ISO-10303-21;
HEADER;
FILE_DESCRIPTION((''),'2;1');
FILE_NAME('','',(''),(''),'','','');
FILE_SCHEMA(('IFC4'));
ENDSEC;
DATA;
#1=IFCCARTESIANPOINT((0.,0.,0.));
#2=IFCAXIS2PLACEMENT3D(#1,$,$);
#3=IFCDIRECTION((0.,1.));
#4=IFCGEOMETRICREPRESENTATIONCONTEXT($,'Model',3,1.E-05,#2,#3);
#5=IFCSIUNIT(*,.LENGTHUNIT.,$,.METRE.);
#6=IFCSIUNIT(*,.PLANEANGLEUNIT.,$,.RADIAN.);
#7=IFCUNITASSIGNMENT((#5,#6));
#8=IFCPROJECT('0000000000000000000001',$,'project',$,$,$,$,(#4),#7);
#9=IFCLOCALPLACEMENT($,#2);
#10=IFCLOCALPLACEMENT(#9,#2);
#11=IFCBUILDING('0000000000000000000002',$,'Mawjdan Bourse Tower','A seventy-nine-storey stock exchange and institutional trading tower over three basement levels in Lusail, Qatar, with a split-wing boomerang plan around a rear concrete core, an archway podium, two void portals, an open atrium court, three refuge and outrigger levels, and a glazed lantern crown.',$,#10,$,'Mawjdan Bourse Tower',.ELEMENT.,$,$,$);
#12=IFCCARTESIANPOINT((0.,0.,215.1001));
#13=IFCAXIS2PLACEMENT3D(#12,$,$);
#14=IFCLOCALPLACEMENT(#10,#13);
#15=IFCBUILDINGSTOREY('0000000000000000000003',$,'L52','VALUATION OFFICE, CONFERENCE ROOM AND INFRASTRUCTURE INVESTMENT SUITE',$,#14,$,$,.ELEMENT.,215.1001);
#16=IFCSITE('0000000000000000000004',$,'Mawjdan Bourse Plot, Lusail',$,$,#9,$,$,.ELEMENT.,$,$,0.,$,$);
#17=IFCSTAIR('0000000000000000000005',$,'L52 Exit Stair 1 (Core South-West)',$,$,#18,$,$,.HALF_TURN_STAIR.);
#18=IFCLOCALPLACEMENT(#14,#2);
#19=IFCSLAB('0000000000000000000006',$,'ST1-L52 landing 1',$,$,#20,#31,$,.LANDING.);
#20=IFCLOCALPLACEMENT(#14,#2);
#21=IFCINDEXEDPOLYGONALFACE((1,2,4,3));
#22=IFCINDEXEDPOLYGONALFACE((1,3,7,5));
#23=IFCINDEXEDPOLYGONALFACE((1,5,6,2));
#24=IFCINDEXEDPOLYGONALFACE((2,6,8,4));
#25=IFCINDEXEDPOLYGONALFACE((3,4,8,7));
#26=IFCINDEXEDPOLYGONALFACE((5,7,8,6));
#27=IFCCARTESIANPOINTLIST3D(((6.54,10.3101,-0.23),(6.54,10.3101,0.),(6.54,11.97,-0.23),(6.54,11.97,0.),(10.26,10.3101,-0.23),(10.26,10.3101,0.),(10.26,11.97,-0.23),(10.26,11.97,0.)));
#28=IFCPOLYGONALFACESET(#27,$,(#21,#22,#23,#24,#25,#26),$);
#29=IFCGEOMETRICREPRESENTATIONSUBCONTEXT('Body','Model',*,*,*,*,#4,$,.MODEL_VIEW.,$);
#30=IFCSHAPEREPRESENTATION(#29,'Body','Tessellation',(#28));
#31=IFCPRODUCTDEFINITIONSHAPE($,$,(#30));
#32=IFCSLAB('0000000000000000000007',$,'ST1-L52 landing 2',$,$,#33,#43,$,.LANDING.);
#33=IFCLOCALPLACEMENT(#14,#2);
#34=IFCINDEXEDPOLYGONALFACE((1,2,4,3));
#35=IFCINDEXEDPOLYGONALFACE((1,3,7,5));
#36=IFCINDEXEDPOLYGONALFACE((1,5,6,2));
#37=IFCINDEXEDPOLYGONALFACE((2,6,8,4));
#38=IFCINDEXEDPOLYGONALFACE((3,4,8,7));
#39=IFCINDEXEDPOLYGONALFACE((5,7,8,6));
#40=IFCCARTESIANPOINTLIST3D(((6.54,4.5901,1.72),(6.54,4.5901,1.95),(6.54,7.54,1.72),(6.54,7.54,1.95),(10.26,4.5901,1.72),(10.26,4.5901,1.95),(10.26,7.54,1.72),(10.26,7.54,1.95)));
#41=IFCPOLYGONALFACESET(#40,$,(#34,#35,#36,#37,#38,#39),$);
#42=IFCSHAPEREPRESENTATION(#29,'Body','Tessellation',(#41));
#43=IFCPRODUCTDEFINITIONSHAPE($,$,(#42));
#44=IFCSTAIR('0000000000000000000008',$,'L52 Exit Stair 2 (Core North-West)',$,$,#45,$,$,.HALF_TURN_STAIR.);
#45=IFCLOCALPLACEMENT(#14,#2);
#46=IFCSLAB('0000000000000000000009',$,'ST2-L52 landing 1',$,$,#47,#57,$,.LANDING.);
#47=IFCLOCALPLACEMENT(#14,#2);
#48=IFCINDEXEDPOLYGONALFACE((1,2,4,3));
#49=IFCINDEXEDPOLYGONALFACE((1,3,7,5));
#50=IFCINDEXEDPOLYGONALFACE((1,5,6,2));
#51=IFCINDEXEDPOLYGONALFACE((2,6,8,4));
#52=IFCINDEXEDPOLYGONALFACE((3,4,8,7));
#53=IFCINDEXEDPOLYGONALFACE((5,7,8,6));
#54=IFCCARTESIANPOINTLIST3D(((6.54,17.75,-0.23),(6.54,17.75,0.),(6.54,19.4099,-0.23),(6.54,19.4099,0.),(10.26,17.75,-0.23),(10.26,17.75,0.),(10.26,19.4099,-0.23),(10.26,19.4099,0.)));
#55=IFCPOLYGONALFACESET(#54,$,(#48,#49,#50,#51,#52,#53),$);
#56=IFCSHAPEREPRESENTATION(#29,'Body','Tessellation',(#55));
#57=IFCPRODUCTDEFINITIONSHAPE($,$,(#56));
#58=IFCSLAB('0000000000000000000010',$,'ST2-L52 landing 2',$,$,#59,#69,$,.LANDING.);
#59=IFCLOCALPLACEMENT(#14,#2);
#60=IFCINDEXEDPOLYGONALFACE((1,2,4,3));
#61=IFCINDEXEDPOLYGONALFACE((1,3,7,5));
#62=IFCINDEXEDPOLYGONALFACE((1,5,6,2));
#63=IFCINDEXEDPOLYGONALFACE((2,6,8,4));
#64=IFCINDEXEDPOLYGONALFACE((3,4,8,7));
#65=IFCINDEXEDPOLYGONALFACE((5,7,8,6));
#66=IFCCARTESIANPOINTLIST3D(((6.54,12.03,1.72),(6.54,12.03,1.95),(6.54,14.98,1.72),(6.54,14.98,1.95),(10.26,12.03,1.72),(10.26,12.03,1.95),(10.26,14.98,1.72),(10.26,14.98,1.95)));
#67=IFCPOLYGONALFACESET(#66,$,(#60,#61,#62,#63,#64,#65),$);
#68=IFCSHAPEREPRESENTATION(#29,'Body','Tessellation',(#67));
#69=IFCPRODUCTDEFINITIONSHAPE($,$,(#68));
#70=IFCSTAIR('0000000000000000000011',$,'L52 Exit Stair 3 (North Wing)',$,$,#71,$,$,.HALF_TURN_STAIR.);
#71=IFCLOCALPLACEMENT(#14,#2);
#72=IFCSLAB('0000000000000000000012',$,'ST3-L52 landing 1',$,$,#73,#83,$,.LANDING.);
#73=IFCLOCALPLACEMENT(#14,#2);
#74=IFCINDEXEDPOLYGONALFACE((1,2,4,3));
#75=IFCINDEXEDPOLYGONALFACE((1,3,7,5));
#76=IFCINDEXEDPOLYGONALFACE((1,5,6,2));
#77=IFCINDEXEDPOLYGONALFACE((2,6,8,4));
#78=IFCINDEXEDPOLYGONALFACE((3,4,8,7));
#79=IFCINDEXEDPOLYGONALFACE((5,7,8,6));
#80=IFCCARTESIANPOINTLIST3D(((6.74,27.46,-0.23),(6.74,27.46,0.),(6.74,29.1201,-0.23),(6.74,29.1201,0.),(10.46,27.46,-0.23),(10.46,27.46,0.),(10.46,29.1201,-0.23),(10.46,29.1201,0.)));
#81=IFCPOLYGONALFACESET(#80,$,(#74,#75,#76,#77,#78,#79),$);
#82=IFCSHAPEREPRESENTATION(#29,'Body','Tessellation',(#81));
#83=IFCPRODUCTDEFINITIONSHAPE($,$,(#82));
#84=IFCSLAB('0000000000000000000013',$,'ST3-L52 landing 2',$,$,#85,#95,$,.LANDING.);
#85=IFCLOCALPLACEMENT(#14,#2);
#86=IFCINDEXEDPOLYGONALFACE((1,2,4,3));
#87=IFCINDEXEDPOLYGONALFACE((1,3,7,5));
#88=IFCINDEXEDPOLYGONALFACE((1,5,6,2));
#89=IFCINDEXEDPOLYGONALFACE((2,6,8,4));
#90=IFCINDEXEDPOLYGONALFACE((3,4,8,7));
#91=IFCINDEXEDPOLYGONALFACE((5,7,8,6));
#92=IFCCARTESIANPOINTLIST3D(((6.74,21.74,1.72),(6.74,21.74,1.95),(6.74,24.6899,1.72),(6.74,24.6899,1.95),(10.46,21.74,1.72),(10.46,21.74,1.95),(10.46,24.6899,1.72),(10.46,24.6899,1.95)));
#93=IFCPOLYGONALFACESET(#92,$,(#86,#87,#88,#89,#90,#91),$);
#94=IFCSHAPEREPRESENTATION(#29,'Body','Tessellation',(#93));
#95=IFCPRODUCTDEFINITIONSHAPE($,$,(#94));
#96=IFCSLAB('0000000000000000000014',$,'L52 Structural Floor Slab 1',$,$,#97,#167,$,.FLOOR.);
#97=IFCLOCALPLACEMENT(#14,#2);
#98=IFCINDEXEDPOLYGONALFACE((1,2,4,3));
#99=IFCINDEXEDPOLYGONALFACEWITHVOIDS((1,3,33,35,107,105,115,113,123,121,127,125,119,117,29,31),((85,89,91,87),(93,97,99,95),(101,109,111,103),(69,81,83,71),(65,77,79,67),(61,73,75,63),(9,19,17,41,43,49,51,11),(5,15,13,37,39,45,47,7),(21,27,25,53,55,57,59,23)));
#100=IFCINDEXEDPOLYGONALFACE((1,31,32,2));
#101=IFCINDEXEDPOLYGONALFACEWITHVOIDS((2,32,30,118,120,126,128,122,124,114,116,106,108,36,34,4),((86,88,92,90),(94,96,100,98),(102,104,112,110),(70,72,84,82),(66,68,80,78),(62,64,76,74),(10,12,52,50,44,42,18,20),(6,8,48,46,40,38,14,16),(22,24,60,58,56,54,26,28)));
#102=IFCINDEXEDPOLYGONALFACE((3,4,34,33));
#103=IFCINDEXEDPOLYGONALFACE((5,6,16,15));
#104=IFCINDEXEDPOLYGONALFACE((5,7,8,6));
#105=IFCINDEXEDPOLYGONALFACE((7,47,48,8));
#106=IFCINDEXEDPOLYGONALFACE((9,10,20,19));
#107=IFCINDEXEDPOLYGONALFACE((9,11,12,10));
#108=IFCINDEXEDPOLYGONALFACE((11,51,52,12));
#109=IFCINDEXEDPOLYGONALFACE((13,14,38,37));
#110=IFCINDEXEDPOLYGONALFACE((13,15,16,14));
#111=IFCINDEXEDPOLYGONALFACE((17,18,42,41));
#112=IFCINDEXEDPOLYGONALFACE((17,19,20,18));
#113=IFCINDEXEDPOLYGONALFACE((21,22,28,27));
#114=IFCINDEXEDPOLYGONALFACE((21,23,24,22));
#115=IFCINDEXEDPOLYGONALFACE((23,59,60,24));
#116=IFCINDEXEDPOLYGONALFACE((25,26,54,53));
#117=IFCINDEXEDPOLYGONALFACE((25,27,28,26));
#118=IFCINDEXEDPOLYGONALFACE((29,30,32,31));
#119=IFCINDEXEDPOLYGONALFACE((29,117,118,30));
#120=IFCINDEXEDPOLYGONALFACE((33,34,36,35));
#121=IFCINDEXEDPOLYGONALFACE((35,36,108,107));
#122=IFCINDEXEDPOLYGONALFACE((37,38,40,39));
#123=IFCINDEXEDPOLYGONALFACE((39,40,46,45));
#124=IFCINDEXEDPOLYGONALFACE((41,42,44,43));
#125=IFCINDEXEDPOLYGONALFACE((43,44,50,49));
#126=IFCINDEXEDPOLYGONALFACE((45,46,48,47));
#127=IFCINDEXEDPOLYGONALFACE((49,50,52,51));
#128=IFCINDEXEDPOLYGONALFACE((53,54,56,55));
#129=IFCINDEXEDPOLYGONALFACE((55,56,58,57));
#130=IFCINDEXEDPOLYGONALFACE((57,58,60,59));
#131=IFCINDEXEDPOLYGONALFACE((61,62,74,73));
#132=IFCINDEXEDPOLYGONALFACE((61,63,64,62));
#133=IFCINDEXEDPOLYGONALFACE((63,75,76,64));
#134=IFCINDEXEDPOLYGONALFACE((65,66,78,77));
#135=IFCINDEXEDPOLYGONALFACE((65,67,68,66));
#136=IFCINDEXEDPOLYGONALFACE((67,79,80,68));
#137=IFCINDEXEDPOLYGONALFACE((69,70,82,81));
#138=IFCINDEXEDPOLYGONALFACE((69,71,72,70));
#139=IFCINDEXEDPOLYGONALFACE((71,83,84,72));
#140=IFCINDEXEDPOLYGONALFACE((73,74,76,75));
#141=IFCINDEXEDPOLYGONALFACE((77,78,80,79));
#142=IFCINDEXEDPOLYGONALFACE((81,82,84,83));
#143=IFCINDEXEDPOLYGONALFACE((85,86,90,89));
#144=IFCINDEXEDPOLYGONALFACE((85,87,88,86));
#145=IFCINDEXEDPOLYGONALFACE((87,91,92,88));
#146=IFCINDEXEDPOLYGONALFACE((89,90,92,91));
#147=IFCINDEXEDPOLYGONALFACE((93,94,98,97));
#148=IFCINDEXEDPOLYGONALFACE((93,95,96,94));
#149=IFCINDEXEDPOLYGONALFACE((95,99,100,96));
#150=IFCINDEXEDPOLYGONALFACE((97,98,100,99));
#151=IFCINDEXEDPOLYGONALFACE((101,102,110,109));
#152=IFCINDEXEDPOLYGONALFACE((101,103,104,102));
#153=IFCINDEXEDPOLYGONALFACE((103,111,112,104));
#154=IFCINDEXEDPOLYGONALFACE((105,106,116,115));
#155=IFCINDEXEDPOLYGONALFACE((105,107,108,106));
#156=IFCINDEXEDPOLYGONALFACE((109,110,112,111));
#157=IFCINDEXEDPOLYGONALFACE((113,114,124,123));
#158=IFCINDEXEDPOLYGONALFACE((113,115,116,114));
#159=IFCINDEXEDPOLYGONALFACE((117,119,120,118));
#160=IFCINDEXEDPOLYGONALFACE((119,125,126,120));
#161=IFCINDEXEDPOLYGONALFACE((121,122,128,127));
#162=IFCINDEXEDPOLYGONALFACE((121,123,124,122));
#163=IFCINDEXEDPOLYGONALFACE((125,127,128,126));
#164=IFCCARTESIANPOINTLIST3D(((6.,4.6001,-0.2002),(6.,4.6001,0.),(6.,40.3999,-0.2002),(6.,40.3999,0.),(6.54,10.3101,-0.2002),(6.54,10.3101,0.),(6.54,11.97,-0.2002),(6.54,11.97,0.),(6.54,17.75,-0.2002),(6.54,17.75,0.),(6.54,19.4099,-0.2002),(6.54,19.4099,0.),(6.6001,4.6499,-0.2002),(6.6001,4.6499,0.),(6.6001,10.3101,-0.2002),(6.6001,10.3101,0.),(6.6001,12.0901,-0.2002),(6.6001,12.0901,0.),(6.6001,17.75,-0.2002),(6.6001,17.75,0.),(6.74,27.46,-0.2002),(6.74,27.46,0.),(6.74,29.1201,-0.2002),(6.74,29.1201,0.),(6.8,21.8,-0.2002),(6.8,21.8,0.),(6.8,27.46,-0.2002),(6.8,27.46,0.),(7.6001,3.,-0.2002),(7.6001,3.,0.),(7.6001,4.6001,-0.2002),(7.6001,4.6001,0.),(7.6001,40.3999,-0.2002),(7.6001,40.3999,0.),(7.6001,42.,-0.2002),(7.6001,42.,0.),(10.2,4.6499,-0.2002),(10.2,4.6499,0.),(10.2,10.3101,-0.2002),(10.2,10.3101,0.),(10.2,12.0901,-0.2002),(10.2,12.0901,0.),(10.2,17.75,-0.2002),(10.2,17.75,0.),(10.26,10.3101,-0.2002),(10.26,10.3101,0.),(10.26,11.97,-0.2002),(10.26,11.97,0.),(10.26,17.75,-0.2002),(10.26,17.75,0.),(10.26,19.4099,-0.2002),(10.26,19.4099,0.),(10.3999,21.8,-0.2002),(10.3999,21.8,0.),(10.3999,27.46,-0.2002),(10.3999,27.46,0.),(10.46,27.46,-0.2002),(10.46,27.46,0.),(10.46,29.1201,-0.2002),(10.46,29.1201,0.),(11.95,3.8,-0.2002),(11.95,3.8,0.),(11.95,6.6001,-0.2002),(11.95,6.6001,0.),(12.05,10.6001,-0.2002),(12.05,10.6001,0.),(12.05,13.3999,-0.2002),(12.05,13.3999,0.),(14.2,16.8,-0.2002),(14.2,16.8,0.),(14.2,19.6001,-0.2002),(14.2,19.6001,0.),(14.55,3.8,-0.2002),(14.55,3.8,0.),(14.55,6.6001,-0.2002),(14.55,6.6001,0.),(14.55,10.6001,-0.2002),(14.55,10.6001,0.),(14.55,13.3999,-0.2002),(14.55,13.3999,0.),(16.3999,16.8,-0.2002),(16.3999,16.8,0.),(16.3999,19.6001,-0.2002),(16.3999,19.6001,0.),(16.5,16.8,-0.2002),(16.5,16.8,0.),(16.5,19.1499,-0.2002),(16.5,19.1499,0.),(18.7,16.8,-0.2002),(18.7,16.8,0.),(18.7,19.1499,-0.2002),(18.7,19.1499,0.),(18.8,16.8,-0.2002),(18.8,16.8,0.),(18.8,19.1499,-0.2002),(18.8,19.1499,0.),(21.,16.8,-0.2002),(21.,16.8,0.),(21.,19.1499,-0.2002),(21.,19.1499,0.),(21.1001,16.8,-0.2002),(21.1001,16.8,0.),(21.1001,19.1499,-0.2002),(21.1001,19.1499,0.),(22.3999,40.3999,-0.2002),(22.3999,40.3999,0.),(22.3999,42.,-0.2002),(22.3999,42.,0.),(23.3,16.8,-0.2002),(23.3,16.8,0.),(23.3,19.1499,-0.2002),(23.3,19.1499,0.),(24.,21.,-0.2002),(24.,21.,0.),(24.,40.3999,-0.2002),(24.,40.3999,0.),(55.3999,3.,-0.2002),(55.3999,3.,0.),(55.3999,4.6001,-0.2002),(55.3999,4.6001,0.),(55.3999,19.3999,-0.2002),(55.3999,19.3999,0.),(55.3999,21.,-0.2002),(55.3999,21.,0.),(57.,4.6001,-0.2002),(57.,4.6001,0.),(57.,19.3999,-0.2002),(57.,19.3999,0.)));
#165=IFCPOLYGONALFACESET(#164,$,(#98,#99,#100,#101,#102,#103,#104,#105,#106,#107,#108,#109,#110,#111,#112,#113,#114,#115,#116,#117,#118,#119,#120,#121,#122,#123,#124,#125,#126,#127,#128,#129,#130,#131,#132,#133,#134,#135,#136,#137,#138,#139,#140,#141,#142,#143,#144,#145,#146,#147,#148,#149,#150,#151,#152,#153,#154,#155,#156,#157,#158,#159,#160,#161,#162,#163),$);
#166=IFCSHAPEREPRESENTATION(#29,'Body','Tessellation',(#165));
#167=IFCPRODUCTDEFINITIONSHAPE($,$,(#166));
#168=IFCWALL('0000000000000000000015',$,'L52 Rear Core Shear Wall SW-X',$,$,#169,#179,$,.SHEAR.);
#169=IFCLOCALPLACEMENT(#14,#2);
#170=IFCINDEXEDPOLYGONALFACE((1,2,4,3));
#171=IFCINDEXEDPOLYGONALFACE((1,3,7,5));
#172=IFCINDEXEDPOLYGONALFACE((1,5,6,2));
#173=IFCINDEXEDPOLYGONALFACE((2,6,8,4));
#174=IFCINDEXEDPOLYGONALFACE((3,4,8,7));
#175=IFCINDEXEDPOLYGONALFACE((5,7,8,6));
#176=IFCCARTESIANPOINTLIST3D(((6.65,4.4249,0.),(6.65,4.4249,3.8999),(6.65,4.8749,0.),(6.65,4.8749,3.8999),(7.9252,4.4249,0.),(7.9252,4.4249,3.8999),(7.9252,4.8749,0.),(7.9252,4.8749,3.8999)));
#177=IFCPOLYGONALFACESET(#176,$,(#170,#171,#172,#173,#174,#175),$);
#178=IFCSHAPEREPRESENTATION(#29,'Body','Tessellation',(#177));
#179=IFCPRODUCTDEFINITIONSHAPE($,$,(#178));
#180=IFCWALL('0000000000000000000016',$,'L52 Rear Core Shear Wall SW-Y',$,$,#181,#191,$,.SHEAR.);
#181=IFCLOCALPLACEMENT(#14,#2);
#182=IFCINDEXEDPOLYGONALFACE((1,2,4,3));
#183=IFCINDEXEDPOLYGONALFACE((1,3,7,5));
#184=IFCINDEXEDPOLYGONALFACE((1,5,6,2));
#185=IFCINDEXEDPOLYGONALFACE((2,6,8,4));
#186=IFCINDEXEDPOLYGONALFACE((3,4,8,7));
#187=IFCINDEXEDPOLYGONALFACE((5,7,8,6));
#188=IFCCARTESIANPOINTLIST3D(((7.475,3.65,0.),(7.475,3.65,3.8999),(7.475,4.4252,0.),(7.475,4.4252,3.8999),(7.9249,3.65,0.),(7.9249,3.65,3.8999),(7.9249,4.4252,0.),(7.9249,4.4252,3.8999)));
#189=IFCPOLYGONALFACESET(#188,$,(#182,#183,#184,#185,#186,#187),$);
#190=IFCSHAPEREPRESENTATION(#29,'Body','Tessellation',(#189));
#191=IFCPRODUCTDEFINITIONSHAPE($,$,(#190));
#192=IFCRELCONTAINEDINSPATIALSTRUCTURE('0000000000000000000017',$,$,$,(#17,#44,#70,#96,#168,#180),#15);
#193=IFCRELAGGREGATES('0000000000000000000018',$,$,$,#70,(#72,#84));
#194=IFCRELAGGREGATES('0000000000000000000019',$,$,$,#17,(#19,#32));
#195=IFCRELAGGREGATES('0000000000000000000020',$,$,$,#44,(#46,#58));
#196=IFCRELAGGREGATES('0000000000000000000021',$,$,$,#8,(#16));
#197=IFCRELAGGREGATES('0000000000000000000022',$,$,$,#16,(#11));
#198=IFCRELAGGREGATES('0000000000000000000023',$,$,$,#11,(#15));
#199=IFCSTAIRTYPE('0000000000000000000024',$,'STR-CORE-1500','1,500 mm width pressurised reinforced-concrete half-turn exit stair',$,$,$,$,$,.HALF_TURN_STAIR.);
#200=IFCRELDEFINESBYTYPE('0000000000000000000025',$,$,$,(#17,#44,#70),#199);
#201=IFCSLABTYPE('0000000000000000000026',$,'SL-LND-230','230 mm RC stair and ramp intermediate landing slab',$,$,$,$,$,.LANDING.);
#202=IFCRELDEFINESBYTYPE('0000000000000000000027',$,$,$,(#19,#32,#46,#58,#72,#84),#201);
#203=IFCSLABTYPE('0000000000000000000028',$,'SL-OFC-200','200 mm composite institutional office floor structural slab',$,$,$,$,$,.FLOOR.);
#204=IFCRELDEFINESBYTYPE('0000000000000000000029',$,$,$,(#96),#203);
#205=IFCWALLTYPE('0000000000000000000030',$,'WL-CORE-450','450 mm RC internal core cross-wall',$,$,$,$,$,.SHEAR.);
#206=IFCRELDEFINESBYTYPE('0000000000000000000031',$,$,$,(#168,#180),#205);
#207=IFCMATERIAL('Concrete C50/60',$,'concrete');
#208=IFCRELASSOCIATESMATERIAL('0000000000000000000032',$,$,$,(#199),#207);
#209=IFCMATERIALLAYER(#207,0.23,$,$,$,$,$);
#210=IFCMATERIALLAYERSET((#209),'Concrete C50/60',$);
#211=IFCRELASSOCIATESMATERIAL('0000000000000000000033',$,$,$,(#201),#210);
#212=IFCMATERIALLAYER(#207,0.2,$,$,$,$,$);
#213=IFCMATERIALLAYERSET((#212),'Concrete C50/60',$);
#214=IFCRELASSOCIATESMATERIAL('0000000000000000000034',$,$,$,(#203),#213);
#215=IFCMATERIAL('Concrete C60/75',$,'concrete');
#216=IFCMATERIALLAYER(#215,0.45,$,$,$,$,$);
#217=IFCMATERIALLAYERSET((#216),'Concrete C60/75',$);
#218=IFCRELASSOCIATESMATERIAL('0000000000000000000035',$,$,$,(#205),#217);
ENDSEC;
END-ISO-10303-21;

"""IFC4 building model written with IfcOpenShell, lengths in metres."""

from ifc_helpers import new_model, si_unit, direction, frame, frame_2d, origin, place, context, subcontext, project, spatial, polyline, rectangle, outline, extrude, material, layer, layer_set, type_object, element, aggregate, save


model = new_model("IFC4")

# Units and contexts
model_context = context("Model", 3, precision=1e-05, world=origin(), true_north=direction((0.0, 1.0)))
body_context = subcontext(model_context, "Body", "Model", "MODEL_VIEW")
ifc_project = project(units=[si_unit("LENGTHUNIT", "METRE"), si_unit("PLANEANGLEUNIT", "RADIAN")], contexts=[model_context])

# Site, building, storey
site_placement = place(None, origin())
site = spatial("IfcSite", under=ifc_project, at=site_placement, Name="Mawjdan Bourse Plot, Lusail", CompositionType="ELEMENT", RefElevation=0.0)
building_placement = place(site_placement, origin())
building = spatial("IfcBuilding", under=site, at=building_placement, Name="Mawjdan Bourse Tower", Description="A seventy-nine-storey stock exchange and institutional trading tower over three basement levels in Lusail, Qatar, with a split-wing boomerang plan around a rear concrete core, an archway podium, two void portals, an open atrium court, three refuge and outrigger levels, and a glazed lantern crown.", LongName="Mawjdan Bourse Tower", CompositionType="ELEMENT")
storey_placement = place(building_placement, frame((0.0, 0.0, 215.1001)))
storey = spatial("IfcBuildingStorey", under=building, at=storey_placement, Name="L52", Description="VALUATION OFFICE, CONFERENCE ROOM AND INFRASTRUCTURE INVESTMENT SUITE", CompositionType="ELEMENT", Elevation=215.1001)

# Stairs, slabs
ifc_material_1 = material(Name="Concrete C50/60", Category="concrete")
stair_type = type_object("IfcStairType", Name="STR-CORE-1500", Description="1,500 mm width pressurised reinforced-concrete half-turn exit stair", PredefinedType="HALF_TURN_STAIR", material=ifc_material_1)
stair_1_placement = place(storey_placement, origin())
stair_1 = element("IfcStair", 1, at=stair_1_placement, inside=storey, type_object=stair_type, Name="L52 Exit Stair 1 (Core South-West)", PredefinedType="HALF_TURN_STAIR")
ifc_layer_1 = layer(ifc_material_1, 0.23)
ifc_layer_set_1 = layer_set([ifc_layer_1], Name="Concrete C50/60")
slab_type_1 = type_object("IfcSlabType", Name="SL-LND-230", Description="230 mm RC stair and ramp intermediate landing slab", PredefinedType="LANDING", material=ifc_layer_set_1)
slab_1_placement = place(storey_placement, frame((0.0, 0.0, -0.23)))
slab_1 = element("IfcSlab", 2, at=slab_1_placement, type_object=slab_type_1, Name="ST1-L52 landing 1", PredefinedType="LANDING", context=body_context, shape_type="SweptSolid", body=[
    extrude(outline(polyline([(6.54, 10.3101), (10.26, 10.3101), (10.26, 11.97), (6.54, 11.97), (6.54, 10.3101)])), origin(), (0.0, 0.0, 1.0), 0.23),
])
slab_2_placement = place(storey_placement, frame((0.0, 0.0, 1.72)))
slab_2 = element("IfcSlab", 3, at=slab_2_placement, type_object=slab_type_1, Name="ST1-L52 landing 2", PredefinedType="LANDING", context=body_context, shape_type="SweptSolid", body=[
    extrude(outline(polyline([(6.54, 4.5901), (10.26, 4.5901), (10.26, 7.54), (6.54, 7.54), (6.54, 4.5901)])), origin(), (0.0, 0.0, 1.0), 0.23),
])
stair_2_placement = place(storey_placement, origin())
stair_2 = element("IfcStair", 4, at=stair_2_placement, inside=storey, type_object=stair_type, Name="L52 Exit Stair 2 (Core North-West)", PredefinedType="HALF_TURN_STAIR")
slab_3_placement = place(storey_placement, frame((0.0, 0.0, -0.23)))
slab_3 = element("IfcSlab", 5, at=slab_3_placement, type_object=slab_type_1, Name="ST2-L52 landing 1", PredefinedType="LANDING", context=body_context, shape_type="SweptSolid", body=[
    extrude(outline(polyline([(6.54, 17.75), (10.26, 17.75), (10.26, 19.4099), (6.54, 19.4099), (6.54, 17.75)])), origin(), (0.0, 0.0, 1.0), 0.23),
])
slab_4_placement = place(storey_placement, frame((0.0, 0.0, 1.72)))
slab_4 = element("IfcSlab", 6, at=slab_4_placement, type_object=slab_type_1, Name="ST2-L52 landing 2", PredefinedType="LANDING", context=body_context, shape_type="SweptSolid", body=[
    extrude(outline(polyline([(6.54, 12.03), (10.26, 12.03), (10.26, 14.98), (6.54, 14.98), (6.54, 12.03)])), origin(), (0.0, 0.0, 1.0), 0.23),
])
stair_3_placement = place(storey_placement, origin())
stair_3 = element("IfcStair", 7, at=stair_3_placement, inside=storey, type_object=stair_type, Name="L52 Exit Stair 3 (North Wing)", PredefinedType="HALF_TURN_STAIR")
slab_5_placement = place(storey_placement, frame((0.0, 0.0, -0.23)))
slab_5 = element("IfcSlab", 8, at=slab_5_placement, type_object=slab_type_1, Name="ST3-L52 landing 1", PredefinedType="LANDING", context=body_context, shape_type="SweptSolid", body=[
    extrude(outline(polyline([(6.74, 27.46), (10.46, 27.46), (10.46, 29.1201), (6.74, 29.1201), (6.74, 27.46)])), origin(), (0.0, 0.0, 1.0), 0.23),
])
slab_6_placement = place(storey_placement, frame((0.0, 0.0, 1.72)))
slab_6 = element("IfcSlab", 9, at=slab_6_placement, type_object=slab_type_1, Name="ST3-L52 landing 2", PredefinedType="LANDING", context=body_context, shape_type="SweptSolid", body=[
    extrude(outline(polyline([(6.74, 21.74), (10.46, 21.74), (10.46, 24.6899), (6.74, 24.6899), (6.74, 21.74)])), origin(), (0.0, 0.0, 1.0), 0.23),
])
aggregate(stair_3, [slab_5, slab_6])

# Slab
ifc_layer_2 = layer(ifc_material_1, 0.2)
ifc_layer_set_2 = layer_set([ifc_layer_2], Name="Concrete C50/60")
slab_type_2 = type_object("IfcSlabType", Name="SL-OFC-200", Description="200 mm composite institutional office floor structural slab", PredefinedType="FLOOR", material=ifc_layer_set_2)
slab_7_placement = place(storey_placement, frame((0.0, 0.0, -0.2002)))
element("IfcSlab", 10, at=slab_7_placement, inside=storey, type_object=slab_type_2, Name="L52 Structural Floor Slab 1", PredefinedType="FLOOR", context=body_context, shape_type="SweptSolid", body=[
    extrude(outline(polyline([(7.6001, 3.0), (55.3999, 3.0), (55.3999, 4.6001), (57.0, 4.6001), (57.0, 19.3999), (55.3999, 19.3999), (55.3999, 21.0), (24.0, 21.0), (24.0, 40.3999), (22.3999, 40.3999), (22.3999, 42.0), (7.6001, 42.0), (7.6001, 40.3999), (6.0, 40.3999), (6.0, 4.6001), (7.6001, 4.6001), (7.6001, 3.0)]), holes=[polyline([(6.54, 11.97), (10.26, 11.97), (10.26, 10.3101), (10.2, 10.3101), (10.2, 4.6499), (6.6001, 4.6499), (6.6001, 10.3101), (6.54, 10.3101), (6.54, 11.97)]), polyline([(6.6001, 12.0901), (6.6001, 17.75), (6.54, 17.75), (6.54, 19.4099), (10.26, 19.4099), (10.26, 17.75), (10.2, 17.75), (10.2, 12.0901), (6.6001, 12.0901)]), polyline([(10.46, 29.1201), (10.46, 27.46), (10.3999, 27.46), (10.3999, 21.8), (6.8, 21.8), (6.8, 27.46), (6.74, 27.46), (6.74, 29.1201), (10.46, 29.1201)]), polyline([(14.55, 3.8), (11.95, 3.8), (11.95, 6.6001), (14.55, 6.6001), (14.55, 3.8)]), polyline([(12.05, 10.6001), (12.05, 13.3999), (14.55, 13.3999), (14.55, 10.6001), (12.05, 10.6001)]), polyline([(16.5, 16.8), (16.5, 19.1499), (18.7, 19.1499), (18.7, 16.8), (16.5, 16.8)]), polyline([(21.0, 16.8), (18.8, 16.8), (18.8, 19.1499), (21.0, 19.1499), (21.0, 16.8)]), polyline([(21.1001, 16.8), (21.1001, 19.1499), (23.3, 19.1499), (23.3, 16.8), (21.1001, 16.8)]), polyline([(14.2, 16.8), (14.2, 19.6001), (16.3999, 19.6001), (16.3999, 16.8), (14.2, 16.8)])]), origin(), (0.0, 0.0, 1.0), 0.2002),
])

# Walls
ifc_material_2 = material(Name="Concrete C60/75", Category="concrete")
ifc_layer_3 = layer(ifc_material_2, 0.45)
ifc_layer_set_3 = layer_set([ifc_layer_3], Name="Concrete C60/75")
wall_type_1 = type_object("IfcWallType", Name="WL-CORE-450", Description="450 mm RC internal core cross-wall", PredefinedType="SHEAR", material=ifc_layer_set_3)
wall_1_placement = place(storey_placement, frame((6.6499, 4.6499, 0.0), z_axis=(0.0, 0.0, 1.0), x_axis=(1.0, 0.0, 0.0)))
element("IfcWall", 11, at=wall_1_placement, inside=storey, type_object=wall_type_1, Name="L52 Rear Core Shear Wall SW-X", PredefinedType="SHEAR", context=body_context, shape_type="SweptSolid", body=[
    extrude(rectangle(XDim=1.2751, YDim=0.45, at=frame_2d((0.6377, 0.0))), origin(), (0.0, 0.0, 1.0), 3.8999),
])
wall_2_placement = place(storey_placement, frame((7.7, 3.6499, 0.0), z_axis=(0.0, 0.0, 1.0), x_axis=(0.0, 1.0, 0.0)))
element("IfcWall", 12, at=wall_2_placement, inside=storey, type_object=wall_type_1, Name="L52 Rear Core Shear Wall SW-Y", PredefinedType="SHEAR", context=body_context, shape_type="SweptSolid", body=[
    extrude(rectangle(XDim=0.7751, YDim=0.45, at=frame_2d((0.3877, 0.0))), origin(), (0.0, 0.0, 1.0), 3.8999),
])

aggregate(stair_1, [slab_1, slab_2])
aggregate(stair_2, [slab_3, slab_4])

save(model, "model.ifc")
